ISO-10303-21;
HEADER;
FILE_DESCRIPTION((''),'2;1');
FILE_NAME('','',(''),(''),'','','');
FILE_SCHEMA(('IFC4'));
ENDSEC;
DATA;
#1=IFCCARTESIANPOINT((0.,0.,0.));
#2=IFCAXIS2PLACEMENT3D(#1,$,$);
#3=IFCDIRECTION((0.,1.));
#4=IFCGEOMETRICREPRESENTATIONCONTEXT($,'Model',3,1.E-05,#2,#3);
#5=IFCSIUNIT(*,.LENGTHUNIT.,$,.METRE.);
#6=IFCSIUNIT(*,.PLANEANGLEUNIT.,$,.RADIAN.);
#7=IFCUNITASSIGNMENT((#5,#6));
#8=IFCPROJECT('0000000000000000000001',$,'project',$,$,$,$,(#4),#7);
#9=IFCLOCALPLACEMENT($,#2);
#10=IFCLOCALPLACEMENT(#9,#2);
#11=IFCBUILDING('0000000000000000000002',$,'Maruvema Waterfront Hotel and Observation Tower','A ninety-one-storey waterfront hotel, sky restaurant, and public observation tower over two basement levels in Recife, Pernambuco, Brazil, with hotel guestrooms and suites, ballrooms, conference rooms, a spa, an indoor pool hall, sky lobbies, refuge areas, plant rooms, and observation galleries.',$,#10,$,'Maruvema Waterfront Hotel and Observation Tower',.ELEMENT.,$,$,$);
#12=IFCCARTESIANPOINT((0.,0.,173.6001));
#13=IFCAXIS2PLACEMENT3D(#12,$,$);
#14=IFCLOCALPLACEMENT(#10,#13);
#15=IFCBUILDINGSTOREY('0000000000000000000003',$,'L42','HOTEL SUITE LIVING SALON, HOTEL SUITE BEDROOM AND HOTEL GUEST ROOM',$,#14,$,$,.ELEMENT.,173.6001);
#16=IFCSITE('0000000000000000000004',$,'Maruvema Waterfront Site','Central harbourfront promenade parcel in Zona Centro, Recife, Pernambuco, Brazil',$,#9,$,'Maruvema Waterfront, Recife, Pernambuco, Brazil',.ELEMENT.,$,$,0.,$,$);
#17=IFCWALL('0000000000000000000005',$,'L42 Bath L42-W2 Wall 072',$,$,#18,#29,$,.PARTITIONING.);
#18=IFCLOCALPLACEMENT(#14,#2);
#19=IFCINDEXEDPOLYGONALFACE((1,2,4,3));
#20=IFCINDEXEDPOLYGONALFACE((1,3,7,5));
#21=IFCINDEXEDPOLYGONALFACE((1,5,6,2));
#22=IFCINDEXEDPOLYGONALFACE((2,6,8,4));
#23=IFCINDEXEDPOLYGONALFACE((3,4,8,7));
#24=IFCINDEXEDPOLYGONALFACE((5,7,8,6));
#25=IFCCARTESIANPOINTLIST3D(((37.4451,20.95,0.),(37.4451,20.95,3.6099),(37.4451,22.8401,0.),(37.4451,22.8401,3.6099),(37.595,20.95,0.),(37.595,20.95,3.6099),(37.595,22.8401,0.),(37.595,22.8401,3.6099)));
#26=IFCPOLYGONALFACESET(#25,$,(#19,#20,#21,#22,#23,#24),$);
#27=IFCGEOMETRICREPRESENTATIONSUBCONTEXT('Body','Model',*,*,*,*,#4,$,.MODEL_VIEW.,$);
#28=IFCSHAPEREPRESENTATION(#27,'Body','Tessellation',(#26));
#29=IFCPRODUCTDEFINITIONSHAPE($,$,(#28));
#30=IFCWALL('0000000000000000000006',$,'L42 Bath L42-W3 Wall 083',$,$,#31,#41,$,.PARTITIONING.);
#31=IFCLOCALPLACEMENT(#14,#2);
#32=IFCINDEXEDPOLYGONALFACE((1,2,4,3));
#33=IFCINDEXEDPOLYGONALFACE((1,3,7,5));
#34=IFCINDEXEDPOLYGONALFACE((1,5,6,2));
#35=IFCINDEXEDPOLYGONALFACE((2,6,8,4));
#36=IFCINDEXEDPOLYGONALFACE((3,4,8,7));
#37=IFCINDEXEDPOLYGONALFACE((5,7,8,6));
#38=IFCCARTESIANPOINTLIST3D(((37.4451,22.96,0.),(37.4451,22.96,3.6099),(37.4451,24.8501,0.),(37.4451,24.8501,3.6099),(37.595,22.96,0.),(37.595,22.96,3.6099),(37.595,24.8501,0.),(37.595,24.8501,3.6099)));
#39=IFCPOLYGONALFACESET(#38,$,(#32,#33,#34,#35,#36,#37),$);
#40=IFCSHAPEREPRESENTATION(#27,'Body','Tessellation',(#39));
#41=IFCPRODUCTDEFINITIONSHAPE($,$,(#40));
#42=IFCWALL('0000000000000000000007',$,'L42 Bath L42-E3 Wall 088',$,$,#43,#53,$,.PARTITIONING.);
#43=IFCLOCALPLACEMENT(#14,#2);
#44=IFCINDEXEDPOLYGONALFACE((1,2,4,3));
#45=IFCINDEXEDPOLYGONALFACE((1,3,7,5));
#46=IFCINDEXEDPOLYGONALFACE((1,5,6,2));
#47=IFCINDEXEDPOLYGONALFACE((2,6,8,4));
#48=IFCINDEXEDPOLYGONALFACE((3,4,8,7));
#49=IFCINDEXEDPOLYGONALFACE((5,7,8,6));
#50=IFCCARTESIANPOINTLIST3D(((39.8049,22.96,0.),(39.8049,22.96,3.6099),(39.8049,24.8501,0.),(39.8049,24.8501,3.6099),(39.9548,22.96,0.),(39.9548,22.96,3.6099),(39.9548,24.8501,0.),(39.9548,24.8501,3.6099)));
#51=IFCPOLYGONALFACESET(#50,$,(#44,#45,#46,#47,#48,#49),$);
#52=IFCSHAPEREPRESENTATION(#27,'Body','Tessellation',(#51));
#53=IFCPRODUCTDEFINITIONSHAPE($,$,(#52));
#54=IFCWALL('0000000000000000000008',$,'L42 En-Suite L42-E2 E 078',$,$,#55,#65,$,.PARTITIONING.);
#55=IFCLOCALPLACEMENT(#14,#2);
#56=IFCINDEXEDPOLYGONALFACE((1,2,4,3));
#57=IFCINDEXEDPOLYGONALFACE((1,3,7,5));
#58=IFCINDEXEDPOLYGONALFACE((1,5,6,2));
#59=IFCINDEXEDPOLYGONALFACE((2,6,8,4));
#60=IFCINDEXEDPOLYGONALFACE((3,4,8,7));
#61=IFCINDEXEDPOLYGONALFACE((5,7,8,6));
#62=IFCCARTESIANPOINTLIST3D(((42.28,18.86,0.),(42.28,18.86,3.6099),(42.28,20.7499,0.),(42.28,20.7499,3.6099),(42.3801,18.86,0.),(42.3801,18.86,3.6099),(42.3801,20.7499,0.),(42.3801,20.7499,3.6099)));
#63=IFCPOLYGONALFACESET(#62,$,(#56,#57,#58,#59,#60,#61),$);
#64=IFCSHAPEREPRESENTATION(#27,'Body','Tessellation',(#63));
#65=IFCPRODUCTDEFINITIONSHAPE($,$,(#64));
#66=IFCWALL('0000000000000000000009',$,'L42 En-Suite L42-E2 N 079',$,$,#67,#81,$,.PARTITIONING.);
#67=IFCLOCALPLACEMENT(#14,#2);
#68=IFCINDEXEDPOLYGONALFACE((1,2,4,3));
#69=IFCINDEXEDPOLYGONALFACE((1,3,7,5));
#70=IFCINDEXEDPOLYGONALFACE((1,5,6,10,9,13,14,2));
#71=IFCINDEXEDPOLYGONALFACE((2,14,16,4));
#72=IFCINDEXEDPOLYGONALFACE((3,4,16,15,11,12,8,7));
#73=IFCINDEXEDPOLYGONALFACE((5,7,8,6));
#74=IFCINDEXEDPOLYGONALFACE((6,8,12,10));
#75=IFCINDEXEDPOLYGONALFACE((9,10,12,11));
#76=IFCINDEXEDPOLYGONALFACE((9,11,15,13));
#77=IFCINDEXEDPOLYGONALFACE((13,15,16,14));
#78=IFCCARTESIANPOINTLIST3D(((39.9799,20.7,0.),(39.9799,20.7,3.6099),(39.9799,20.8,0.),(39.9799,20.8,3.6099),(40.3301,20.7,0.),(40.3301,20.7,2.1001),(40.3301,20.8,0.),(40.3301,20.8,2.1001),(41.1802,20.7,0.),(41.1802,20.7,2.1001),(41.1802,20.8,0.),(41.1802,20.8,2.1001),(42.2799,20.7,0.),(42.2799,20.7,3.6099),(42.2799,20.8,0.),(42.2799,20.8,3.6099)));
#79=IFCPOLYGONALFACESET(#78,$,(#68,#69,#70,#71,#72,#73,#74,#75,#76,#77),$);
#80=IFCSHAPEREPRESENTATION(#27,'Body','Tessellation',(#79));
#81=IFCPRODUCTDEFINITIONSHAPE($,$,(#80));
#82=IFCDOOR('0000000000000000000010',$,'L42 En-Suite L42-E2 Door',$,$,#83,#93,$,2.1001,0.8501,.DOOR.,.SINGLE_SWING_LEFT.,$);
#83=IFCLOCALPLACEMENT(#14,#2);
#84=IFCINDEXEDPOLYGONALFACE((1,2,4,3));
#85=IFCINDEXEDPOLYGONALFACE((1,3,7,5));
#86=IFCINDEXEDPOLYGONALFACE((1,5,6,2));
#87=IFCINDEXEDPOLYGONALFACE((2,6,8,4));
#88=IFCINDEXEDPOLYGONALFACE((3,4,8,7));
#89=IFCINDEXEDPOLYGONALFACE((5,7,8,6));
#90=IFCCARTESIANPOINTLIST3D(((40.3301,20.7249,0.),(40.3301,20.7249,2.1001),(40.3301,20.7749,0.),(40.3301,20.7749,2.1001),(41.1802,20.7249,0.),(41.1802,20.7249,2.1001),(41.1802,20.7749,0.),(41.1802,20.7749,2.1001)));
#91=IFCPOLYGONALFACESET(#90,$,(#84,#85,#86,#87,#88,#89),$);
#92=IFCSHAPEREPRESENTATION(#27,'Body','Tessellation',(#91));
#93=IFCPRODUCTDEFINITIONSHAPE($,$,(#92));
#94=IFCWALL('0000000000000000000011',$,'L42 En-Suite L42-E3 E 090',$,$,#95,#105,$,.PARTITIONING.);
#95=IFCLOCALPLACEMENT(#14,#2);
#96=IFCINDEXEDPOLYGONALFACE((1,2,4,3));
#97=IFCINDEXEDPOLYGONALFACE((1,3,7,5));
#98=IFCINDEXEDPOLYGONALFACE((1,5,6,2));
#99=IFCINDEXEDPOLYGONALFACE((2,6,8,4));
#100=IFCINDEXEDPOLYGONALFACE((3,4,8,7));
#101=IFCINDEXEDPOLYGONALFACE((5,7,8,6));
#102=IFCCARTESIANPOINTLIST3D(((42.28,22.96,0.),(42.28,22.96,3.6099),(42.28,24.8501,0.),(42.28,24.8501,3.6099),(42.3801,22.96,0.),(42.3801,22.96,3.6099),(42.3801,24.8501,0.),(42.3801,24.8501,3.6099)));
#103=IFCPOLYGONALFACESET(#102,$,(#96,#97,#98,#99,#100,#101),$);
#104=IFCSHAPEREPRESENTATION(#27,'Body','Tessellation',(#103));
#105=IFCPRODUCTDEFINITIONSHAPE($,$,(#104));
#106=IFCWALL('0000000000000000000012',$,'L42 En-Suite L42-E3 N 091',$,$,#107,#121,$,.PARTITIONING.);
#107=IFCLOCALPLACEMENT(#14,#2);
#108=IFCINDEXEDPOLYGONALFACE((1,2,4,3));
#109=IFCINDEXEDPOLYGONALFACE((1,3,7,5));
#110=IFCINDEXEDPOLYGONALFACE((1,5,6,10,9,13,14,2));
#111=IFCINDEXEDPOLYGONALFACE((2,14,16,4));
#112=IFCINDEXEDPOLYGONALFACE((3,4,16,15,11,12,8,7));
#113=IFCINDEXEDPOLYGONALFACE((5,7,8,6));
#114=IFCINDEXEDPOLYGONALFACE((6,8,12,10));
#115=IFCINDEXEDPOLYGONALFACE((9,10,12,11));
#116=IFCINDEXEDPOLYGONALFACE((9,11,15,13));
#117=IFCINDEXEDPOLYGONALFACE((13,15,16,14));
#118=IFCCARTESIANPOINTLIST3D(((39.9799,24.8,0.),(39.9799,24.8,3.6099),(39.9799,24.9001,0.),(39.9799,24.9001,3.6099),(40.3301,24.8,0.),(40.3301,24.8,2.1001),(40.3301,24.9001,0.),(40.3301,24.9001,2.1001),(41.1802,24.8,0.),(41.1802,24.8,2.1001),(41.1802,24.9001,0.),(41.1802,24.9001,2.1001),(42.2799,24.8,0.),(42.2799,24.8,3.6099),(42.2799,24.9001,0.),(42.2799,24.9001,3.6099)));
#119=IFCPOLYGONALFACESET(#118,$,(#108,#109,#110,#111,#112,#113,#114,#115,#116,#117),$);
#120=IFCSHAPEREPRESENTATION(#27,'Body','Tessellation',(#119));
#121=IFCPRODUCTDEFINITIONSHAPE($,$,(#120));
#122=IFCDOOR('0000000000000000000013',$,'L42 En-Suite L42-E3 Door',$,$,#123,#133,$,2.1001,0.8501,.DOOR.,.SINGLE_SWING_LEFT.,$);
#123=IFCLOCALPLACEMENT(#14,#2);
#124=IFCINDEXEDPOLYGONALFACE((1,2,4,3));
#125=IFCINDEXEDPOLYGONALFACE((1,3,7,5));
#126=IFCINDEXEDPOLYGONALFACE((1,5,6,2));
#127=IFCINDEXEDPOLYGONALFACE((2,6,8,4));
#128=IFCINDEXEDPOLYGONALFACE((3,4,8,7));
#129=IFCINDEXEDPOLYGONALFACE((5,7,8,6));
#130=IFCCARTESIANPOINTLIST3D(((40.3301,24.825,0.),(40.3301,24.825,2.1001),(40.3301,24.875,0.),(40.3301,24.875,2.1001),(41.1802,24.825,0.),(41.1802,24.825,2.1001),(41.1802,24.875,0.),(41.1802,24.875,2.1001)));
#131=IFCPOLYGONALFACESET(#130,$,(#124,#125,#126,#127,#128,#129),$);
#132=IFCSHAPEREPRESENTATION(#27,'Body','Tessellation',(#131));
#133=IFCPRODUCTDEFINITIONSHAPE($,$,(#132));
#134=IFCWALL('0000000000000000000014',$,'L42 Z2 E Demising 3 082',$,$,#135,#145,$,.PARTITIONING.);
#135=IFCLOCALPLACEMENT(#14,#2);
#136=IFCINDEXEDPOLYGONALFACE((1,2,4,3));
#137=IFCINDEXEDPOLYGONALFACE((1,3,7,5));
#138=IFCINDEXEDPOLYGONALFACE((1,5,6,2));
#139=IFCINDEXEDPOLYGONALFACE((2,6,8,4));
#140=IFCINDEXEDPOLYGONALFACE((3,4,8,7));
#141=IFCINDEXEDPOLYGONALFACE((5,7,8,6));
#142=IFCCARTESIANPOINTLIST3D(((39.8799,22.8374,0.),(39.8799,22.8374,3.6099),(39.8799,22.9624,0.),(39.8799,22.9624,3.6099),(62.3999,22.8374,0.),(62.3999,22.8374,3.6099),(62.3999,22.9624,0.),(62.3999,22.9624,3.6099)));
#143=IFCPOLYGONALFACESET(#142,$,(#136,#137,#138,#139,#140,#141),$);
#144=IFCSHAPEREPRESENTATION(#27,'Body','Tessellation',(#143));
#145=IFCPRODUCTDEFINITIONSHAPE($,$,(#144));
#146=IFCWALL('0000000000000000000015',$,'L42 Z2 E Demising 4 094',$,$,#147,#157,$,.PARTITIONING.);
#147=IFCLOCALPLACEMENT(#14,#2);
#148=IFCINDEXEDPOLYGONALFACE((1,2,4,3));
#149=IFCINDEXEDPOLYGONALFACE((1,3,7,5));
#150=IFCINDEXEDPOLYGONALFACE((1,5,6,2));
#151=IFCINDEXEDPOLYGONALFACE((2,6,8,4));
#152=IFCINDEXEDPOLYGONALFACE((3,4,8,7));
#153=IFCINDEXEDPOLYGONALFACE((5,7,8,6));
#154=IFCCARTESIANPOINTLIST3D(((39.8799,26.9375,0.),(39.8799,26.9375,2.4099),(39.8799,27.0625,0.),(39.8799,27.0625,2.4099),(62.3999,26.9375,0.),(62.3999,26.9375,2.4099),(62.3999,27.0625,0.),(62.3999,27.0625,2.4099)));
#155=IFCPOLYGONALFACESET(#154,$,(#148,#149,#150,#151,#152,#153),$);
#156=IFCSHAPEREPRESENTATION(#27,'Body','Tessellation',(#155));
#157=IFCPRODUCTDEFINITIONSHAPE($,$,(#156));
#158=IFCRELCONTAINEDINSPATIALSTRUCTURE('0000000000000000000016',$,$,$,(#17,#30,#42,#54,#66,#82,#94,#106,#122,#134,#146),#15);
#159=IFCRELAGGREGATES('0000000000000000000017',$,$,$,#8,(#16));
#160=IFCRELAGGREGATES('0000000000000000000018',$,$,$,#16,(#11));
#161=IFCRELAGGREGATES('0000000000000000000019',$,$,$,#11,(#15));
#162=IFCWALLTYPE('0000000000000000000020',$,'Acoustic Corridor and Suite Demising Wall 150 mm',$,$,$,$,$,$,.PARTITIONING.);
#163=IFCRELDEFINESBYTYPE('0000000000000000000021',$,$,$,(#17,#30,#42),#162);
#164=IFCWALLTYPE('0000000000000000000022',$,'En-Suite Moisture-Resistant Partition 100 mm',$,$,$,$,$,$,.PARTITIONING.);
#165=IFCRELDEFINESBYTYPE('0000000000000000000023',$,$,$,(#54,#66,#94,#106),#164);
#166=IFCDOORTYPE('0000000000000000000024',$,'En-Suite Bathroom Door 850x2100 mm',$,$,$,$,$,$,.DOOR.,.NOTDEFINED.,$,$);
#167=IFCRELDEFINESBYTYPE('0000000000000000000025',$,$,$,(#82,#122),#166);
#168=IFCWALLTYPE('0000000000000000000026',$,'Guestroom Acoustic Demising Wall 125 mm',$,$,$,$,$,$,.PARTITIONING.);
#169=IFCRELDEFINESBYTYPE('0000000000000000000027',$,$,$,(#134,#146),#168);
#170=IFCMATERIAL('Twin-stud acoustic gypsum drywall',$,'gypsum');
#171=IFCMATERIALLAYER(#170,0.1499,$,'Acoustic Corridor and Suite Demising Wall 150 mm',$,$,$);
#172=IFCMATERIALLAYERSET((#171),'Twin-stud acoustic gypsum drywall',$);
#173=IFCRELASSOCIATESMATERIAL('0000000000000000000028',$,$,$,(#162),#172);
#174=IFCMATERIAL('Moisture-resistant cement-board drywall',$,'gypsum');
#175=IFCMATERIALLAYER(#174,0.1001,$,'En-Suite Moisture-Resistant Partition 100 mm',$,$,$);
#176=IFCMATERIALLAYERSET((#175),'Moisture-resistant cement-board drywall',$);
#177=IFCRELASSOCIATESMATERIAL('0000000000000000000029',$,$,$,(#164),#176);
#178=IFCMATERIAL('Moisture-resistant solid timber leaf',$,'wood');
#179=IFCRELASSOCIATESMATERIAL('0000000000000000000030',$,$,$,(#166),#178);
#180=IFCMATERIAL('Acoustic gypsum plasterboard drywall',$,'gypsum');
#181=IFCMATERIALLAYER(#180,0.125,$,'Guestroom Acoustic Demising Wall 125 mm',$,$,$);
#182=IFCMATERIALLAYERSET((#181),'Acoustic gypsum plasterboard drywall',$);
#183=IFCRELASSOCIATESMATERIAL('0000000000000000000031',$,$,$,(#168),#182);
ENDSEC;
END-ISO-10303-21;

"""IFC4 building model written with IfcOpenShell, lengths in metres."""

from ifc_helpers import new_model, si_unit, direction, frame, frame_2d, origin, place, context, subcontext, project, spatial, rectangle, extrude, material, layer, layer_set, type_object, element, fill, save


model = new_model("IFC4")

# Units and contexts
model_context = context("Model", 3, precision=1e-05, world=origin(), true_north=direction((0.0, 1.0)))
body_context = subcontext(model_context, "Body", "Model", "MODEL_VIEW")
ifc_project = project(units=[si_unit("LENGTHUNIT", "METRE"), si_unit("PLANEANGLEUNIT", "RADIAN")], contexts=[model_context])

# Site, building, storey
site_placement = place(None, origin())
site = spatial("IfcSite", under=ifc_project, at=site_placement, Name="Maruvema Waterfront Site", Description="Central harbourfront promenade parcel in Zona Centro, Recife, Pernambuco, Brazil", LongName="Maruvema Waterfront, Recife, Pernambuco, Brazil", CompositionType="ELEMENT", RefElevation=0.0)
building_placement = place(site_placement, origin())
building = spatial("IfcBuilding", under=site, at=building_placement, Name="Maruvema Waterfront Hotel and Observation Tower", Description="A ninety-one-storey waterfront hotel, sky restaurant, and public observation tower over two basement levels in Recife, Pernambuco, Brazil, with hotel guestrooms and suites, ballrooms, conference rooms, a spa, an indoor pool hall, sky lobbies, refuge areas, plant rooms, and observation galleries.", LongName="Maruvema Waterfront Hotel and Observation Tower", CompositionType="ELEMENT")
storey_placement = place(building_placement, frame((0.0, 0.0, 173.6001)))
storey = spatial("IfcBuildingStorey", under=building, at=storey_placement, Name="L42", Description="HOTEL SUITE LIVING SALON, HOTEL SUITE BEDROOM AND HOTEL GUEST ROOM", CompositionType="ELEMENT", Elevation=173.6001)

# Wall
ifc_material_1 = material(Name="Twin-stud acoustic gypsum drywall", Category="gypsum")
ifc_layer_1 = layer(ifc_material_1, 0.1499, Name="Acoustic Corridor and Suite Demising Wall 150 mm")
ifc_layer_set_1 = layer_set([ifc_layer_1], Name="Twin-stud acoustic gypsum drywall")
wall_type_1 = type_object("IfcWallType", Name="Acoustic Corridor and Suite Demising Wall 150 mm", PredefinedType="PARTITIONING", material=ifc_layer_set_1)
wall_1_placement = place(storey_placement, frame((37.52, 20.95, 0.0), z_axis=(0.0, 0.0, 1.0), x_axis=(0.0, 1.0, 0.0)))
element("IfcWall", 1, at=wall_1_placement, inside=storey, type_object=wall_type_1, Name="L42 Bath L42-W2 Wall 072", PredefinedType="PARTITIONING", context=body_context, shape_type="SweptSolid", body=[
    extrude(rectangle(XDim=1.8901, YDim=0.1499, at=frame_2d((0.9451, 0.0))), origin(), (0.0, 0.0, 1.0), 3.6099),
])

# Wall
wall_2_placement = place(storey_placement, frame((37.52, 22.96, 0.0), z_axis=(0.0, 0.0, 1.0), x_axis=(0.0, 1.0, 0.0)))
element("IfcWall", 2, at=wall_2_placement, inside=storey, type_object=wall_type_1, Name="L42 Bath L42-W3 Wall 083", PredefinedType="PARTITIONING", context=body_context, shape_type="SweptSolid", body=[
    extrude(rectangle(XDim=1.8901, YDim=0.1499, at=frame_2d((0.9451, 0.0))), origin(), (0.0, 0.0, 1.0), 3.6099),
])

# Wall
wall_3_placement = place(storey_placement, frame((39.8799, 22.96, 0.0), z_axis=(0.0, 0.0, 1.0), x_axis=(0.0, 1.0, 0.0)))
element("IfcWall", 3, at=wall_3_placement, inside=storey, type_object=wall_type_1, Name="L42 Bath L42-E3 Wall 088", PredefinedType="PARTITIONING", context=body_context, shape_type="SweptSolid", body=[
    extrude(rectangle(XDim=1.8901, YDim=0.1499, at=frame_2d((0.9451, 0.0))), origin(), (0.0, 0.0, 1.0), 3.6099),
])

# Wall
ifc_material_2 = material(Name="Moisture-resistant cement-board drywall", Category="gypsum")
ifc_layer_2 = layer(ifc_material_2, 0.1001, Name="En-Suite Moisture-Resistant Partition 100 mm")
ifc_layer_set_2 = layer_set([ifc_layer_2], Name="Moisture-resistant cement-board drywall")
wall_type_2 = type_object("IfcWallType", Name="En-Suite Moisture-Resistant Partition 100 mm", PredefinedType="PARTITIONING", material=ifc_layer_set_2)
wall_4_placement = place(storey_placement, frame((42.3301, 18.8601, 0.0), z_axis=(0.0, 0.0, 1.0), x_axis=(0.0, 1.0, 0.0)))
element("IfcWall", 4, at=wall_4_placement, inside=storey, type_object=wall_type_2, Name="L42 En-Suite L42-E2 E 078", PredefinedType="PARTITIONING", context=body_context, shape_type="SweptSolid", body=[
    extrude(rectangle(XDim=1.8899, YDim=0.1001, at=frame_2d((0.9448, 0.0))), origin(), (0.0, 0.0, 1.0), 3.6099),
])

# Wall, opening, door
wall_5_placement = place(storey_placement, frame((39.98, 20.75, 0.0), z_axis=(0.0, 0.0, 1.0), x_axis=(1.0, 0.0, 0.0)))
wall_5 = element("IfcWall", 5, at=wall_5_placement, inside=storey, type_object=wall_type_2, Name="L42 En-Suite L42-E2 N 079", PredefinedType="PARTITIONING", context=body_context, shape_type="SweptSolid", body=[
    extrude(rectangle(XDim=2.3, YDim=0.1001, at=frame_2d((1.1499, 0.0))), origin(), (0.0, 0.0, 1.0), 3.6099),
])
opening_1_placement = place(wall_5_placement, frame((0.3501, 0.0, 0.0)))
opening_1 = element("IfcOpeningElement", 6, at=opening_1_placement, cuts=wall_5, PredefinedType="OPENING", context=body_context, shape_type="SweptSolid", body=[
    extrude(rectangle(XDim=0.8501, YDim=2.1001, at=frame_2d((0.425, 1.05))), frame((0.0, 0.0601, 0.0), z_axis=(0.0, -1.0, 0.0), x_axis=(1.0, 0.0, 0.0)), (0.0, 0.0, 1.0), 0.1201),
])
ifc_material_3 = material(Name="Moisture-resistant solid timber leaf", Category="wood")
door_type_1 = type_object("IfcDoorType", Name="En-Suite Bathroom Door 850x2100 mm", OperationType="NOTDEFINED", PredefinedType="DOOR", material=ifc_material_3)
door_1_placement = place(opening_1_placement, origin())
door_1 = element("IfcDoor", 7, at=door_1_placement, inside=storey, type_object=door_type_1, Name="L42 En-Suite L42-E2 Door", OperationType="SINGLE_SWING_LEFT", OverallHeight=2.1001, OverallWidth=0.8501, PredefinedType="DOOR", context=body_context, shape_type="SweptSolid", body=[
    extrude(rectangle(XDim=0.8501, YDim=2.1001, at=frame_2d((0.425, 1.05))), frame((0.0, 0.0249, 0.0), z_axis=(0.0, -1.0, 0.0), x_axis=(1.0, 0.0, 0.0)), (0.0, 0.0, 1.0), 0.05),
])
fill(opening_1, door_1)

# Wall
wall_6_placement = place(storey_placement, frame((42.3301, 22.96, 0.0), z_axis=(0.0, 0.0, 1.0), x_axis=(0.0, 1.0, 0.0)))
element("IfcWall", 8, at=wall_6_placement, inside=storey, type_object=wall_type_2, Name="L42 En-Suite L42-E3 E 090", PredefinedType="PARTITIONING", context=body_context, shape_type="SweptSolid", body=[
    extrude(rectangle(XDim=1.8901, YDim=0.1001, at=frame_2d((0.9451, 0.0))), origin(), (0.0, 0.0, 1.0), 3.6099),
])

# Wall, opening, door
wall_7_placement = place(storey_placement, frame((39.98, 24.8501, 0.0), z_axis=(0.0, 0.0, 1.0), x_axis=(1.0, 0.0, 0.0)))
wall_7 = element("IfcWall", 9, at=wall_7_placement, inside=storey, type_object=wall_type_2, Name="L42 En-Suite L42-E3 N 091", PredefinedType="PARTITIONING", context=body_context, shape_type="SweptSolid", body=[
    extrude(rectangle(XDim=2.3, YDim=0.1001, at=frame_2d((1.1499, 0.0))), origin(), (0.0, 0.0, 1.0), 3.6099),
])
opening_2_placement = place(wall_7_placement, frame((0.3501, 0.0, 0.0)))
opening_2 = element("IfcOpeningElement", 10, at=opening_2_placement, cuts=wall_7, PredefinedType="OPENING", context=body_context, shape_type="SweptSolid", body=[
    extrude(rectangle(XDim=0.8501, YDim=2.1001, at=frame_2d((0.425, 1.05))), frame((0.0, 0.0601, 0.0), z_axis=(0.0, -1.0, 0.0), x_axis=(1.0, 0.0, 0.0)), (0.0, 0.0, 1.0), 0.1201),
])
door_2_placement = place(opening_2_placement, origin())
door_2 = element("IfcDoor", 11, at=door_2_placement, inside=storey, type_object=door_type_1, Name="L42 En-Suite L42-E3 Door", OperationType="SINGLE_SWING_LEFT", OverallHeight=2.1001, OverallWidth=0.8501, PredefinedType="DOOR", context=body_context, shape_type="SweptSolid", body=[
    extrude(rectangle(XDim=0.8501, YDim=2.1001, at=frame_2d((0.425, 1.05))), frame((0.0, 0.0249, 0.0), z_axis=(0.0, -1.0, 0.0), x_axis=(1.0, 0.0, 0.0)), (0.0, 0.0, 1.0), 0.05),
])
fill(opening_2, door_2)

# Walls
ifc_material_4 = material(Name="Acoustic gypsum plasterboard drywall", Category="gypsum")
ifc_layer_3 = layer(ifc_material_4, 0.125, Name="Guestroom Acoustic Demising Wall 125 mm")
ifc_layer_set_3 = layer_set([ifc_layer_3], Name="Acoustic gypsum plasterboard drywall")
wall_type_3 = type_object("IfcWallType", Name="Guestroom Acoustic Demising Wall 125 mm", PredefinedType="PARTITIONING", material=ifc_layer_set_3)
wall_8_placement = place(storey_placement, frame((39.8799, 22.8999, 0.0), z_axis=(0.0, 0.0, 1.0), x_axis=(1.0, 0.0, 0.0)))
element("IfcWall", 12, at=wall_8_placement, inside=storey, type_object=wall_type_3, Name="L42 Z2 E Demising 3 082", PredefinedType="PARTITIONING", context=body_context, shape_type="SweptSolid", body=[
    extrude(rectangle(XDim=22.52, YDim=0.125, at=frame_2d((11.26, 0.0))), origin(), (0.0, 0.0, 1.0), 3.6099),
])
wall_9_placement = place(storey_placement, frame((39.8799, 27.0, 0.0), z_axis=(0.0, 0.0, 1.0), x_axis=(1.0, 0.0, 0.0)))
element("IfcWall", 13, at=wall_9_placement, inside=storey, type_object=wall_type_3, Name="L42 Z2 E Demising 4 094", PredefinedType="PARTITIONING", context=body_context, shape_type="SweptSolid", body=[
    extrude(rectangle(XDim=22.52, YDim=0.125, at=frame_2d((11.26, 0.0))), origin(), (0.0, 0.0, 1.0), 2.4099),
])

save(model, "model.ifc")
